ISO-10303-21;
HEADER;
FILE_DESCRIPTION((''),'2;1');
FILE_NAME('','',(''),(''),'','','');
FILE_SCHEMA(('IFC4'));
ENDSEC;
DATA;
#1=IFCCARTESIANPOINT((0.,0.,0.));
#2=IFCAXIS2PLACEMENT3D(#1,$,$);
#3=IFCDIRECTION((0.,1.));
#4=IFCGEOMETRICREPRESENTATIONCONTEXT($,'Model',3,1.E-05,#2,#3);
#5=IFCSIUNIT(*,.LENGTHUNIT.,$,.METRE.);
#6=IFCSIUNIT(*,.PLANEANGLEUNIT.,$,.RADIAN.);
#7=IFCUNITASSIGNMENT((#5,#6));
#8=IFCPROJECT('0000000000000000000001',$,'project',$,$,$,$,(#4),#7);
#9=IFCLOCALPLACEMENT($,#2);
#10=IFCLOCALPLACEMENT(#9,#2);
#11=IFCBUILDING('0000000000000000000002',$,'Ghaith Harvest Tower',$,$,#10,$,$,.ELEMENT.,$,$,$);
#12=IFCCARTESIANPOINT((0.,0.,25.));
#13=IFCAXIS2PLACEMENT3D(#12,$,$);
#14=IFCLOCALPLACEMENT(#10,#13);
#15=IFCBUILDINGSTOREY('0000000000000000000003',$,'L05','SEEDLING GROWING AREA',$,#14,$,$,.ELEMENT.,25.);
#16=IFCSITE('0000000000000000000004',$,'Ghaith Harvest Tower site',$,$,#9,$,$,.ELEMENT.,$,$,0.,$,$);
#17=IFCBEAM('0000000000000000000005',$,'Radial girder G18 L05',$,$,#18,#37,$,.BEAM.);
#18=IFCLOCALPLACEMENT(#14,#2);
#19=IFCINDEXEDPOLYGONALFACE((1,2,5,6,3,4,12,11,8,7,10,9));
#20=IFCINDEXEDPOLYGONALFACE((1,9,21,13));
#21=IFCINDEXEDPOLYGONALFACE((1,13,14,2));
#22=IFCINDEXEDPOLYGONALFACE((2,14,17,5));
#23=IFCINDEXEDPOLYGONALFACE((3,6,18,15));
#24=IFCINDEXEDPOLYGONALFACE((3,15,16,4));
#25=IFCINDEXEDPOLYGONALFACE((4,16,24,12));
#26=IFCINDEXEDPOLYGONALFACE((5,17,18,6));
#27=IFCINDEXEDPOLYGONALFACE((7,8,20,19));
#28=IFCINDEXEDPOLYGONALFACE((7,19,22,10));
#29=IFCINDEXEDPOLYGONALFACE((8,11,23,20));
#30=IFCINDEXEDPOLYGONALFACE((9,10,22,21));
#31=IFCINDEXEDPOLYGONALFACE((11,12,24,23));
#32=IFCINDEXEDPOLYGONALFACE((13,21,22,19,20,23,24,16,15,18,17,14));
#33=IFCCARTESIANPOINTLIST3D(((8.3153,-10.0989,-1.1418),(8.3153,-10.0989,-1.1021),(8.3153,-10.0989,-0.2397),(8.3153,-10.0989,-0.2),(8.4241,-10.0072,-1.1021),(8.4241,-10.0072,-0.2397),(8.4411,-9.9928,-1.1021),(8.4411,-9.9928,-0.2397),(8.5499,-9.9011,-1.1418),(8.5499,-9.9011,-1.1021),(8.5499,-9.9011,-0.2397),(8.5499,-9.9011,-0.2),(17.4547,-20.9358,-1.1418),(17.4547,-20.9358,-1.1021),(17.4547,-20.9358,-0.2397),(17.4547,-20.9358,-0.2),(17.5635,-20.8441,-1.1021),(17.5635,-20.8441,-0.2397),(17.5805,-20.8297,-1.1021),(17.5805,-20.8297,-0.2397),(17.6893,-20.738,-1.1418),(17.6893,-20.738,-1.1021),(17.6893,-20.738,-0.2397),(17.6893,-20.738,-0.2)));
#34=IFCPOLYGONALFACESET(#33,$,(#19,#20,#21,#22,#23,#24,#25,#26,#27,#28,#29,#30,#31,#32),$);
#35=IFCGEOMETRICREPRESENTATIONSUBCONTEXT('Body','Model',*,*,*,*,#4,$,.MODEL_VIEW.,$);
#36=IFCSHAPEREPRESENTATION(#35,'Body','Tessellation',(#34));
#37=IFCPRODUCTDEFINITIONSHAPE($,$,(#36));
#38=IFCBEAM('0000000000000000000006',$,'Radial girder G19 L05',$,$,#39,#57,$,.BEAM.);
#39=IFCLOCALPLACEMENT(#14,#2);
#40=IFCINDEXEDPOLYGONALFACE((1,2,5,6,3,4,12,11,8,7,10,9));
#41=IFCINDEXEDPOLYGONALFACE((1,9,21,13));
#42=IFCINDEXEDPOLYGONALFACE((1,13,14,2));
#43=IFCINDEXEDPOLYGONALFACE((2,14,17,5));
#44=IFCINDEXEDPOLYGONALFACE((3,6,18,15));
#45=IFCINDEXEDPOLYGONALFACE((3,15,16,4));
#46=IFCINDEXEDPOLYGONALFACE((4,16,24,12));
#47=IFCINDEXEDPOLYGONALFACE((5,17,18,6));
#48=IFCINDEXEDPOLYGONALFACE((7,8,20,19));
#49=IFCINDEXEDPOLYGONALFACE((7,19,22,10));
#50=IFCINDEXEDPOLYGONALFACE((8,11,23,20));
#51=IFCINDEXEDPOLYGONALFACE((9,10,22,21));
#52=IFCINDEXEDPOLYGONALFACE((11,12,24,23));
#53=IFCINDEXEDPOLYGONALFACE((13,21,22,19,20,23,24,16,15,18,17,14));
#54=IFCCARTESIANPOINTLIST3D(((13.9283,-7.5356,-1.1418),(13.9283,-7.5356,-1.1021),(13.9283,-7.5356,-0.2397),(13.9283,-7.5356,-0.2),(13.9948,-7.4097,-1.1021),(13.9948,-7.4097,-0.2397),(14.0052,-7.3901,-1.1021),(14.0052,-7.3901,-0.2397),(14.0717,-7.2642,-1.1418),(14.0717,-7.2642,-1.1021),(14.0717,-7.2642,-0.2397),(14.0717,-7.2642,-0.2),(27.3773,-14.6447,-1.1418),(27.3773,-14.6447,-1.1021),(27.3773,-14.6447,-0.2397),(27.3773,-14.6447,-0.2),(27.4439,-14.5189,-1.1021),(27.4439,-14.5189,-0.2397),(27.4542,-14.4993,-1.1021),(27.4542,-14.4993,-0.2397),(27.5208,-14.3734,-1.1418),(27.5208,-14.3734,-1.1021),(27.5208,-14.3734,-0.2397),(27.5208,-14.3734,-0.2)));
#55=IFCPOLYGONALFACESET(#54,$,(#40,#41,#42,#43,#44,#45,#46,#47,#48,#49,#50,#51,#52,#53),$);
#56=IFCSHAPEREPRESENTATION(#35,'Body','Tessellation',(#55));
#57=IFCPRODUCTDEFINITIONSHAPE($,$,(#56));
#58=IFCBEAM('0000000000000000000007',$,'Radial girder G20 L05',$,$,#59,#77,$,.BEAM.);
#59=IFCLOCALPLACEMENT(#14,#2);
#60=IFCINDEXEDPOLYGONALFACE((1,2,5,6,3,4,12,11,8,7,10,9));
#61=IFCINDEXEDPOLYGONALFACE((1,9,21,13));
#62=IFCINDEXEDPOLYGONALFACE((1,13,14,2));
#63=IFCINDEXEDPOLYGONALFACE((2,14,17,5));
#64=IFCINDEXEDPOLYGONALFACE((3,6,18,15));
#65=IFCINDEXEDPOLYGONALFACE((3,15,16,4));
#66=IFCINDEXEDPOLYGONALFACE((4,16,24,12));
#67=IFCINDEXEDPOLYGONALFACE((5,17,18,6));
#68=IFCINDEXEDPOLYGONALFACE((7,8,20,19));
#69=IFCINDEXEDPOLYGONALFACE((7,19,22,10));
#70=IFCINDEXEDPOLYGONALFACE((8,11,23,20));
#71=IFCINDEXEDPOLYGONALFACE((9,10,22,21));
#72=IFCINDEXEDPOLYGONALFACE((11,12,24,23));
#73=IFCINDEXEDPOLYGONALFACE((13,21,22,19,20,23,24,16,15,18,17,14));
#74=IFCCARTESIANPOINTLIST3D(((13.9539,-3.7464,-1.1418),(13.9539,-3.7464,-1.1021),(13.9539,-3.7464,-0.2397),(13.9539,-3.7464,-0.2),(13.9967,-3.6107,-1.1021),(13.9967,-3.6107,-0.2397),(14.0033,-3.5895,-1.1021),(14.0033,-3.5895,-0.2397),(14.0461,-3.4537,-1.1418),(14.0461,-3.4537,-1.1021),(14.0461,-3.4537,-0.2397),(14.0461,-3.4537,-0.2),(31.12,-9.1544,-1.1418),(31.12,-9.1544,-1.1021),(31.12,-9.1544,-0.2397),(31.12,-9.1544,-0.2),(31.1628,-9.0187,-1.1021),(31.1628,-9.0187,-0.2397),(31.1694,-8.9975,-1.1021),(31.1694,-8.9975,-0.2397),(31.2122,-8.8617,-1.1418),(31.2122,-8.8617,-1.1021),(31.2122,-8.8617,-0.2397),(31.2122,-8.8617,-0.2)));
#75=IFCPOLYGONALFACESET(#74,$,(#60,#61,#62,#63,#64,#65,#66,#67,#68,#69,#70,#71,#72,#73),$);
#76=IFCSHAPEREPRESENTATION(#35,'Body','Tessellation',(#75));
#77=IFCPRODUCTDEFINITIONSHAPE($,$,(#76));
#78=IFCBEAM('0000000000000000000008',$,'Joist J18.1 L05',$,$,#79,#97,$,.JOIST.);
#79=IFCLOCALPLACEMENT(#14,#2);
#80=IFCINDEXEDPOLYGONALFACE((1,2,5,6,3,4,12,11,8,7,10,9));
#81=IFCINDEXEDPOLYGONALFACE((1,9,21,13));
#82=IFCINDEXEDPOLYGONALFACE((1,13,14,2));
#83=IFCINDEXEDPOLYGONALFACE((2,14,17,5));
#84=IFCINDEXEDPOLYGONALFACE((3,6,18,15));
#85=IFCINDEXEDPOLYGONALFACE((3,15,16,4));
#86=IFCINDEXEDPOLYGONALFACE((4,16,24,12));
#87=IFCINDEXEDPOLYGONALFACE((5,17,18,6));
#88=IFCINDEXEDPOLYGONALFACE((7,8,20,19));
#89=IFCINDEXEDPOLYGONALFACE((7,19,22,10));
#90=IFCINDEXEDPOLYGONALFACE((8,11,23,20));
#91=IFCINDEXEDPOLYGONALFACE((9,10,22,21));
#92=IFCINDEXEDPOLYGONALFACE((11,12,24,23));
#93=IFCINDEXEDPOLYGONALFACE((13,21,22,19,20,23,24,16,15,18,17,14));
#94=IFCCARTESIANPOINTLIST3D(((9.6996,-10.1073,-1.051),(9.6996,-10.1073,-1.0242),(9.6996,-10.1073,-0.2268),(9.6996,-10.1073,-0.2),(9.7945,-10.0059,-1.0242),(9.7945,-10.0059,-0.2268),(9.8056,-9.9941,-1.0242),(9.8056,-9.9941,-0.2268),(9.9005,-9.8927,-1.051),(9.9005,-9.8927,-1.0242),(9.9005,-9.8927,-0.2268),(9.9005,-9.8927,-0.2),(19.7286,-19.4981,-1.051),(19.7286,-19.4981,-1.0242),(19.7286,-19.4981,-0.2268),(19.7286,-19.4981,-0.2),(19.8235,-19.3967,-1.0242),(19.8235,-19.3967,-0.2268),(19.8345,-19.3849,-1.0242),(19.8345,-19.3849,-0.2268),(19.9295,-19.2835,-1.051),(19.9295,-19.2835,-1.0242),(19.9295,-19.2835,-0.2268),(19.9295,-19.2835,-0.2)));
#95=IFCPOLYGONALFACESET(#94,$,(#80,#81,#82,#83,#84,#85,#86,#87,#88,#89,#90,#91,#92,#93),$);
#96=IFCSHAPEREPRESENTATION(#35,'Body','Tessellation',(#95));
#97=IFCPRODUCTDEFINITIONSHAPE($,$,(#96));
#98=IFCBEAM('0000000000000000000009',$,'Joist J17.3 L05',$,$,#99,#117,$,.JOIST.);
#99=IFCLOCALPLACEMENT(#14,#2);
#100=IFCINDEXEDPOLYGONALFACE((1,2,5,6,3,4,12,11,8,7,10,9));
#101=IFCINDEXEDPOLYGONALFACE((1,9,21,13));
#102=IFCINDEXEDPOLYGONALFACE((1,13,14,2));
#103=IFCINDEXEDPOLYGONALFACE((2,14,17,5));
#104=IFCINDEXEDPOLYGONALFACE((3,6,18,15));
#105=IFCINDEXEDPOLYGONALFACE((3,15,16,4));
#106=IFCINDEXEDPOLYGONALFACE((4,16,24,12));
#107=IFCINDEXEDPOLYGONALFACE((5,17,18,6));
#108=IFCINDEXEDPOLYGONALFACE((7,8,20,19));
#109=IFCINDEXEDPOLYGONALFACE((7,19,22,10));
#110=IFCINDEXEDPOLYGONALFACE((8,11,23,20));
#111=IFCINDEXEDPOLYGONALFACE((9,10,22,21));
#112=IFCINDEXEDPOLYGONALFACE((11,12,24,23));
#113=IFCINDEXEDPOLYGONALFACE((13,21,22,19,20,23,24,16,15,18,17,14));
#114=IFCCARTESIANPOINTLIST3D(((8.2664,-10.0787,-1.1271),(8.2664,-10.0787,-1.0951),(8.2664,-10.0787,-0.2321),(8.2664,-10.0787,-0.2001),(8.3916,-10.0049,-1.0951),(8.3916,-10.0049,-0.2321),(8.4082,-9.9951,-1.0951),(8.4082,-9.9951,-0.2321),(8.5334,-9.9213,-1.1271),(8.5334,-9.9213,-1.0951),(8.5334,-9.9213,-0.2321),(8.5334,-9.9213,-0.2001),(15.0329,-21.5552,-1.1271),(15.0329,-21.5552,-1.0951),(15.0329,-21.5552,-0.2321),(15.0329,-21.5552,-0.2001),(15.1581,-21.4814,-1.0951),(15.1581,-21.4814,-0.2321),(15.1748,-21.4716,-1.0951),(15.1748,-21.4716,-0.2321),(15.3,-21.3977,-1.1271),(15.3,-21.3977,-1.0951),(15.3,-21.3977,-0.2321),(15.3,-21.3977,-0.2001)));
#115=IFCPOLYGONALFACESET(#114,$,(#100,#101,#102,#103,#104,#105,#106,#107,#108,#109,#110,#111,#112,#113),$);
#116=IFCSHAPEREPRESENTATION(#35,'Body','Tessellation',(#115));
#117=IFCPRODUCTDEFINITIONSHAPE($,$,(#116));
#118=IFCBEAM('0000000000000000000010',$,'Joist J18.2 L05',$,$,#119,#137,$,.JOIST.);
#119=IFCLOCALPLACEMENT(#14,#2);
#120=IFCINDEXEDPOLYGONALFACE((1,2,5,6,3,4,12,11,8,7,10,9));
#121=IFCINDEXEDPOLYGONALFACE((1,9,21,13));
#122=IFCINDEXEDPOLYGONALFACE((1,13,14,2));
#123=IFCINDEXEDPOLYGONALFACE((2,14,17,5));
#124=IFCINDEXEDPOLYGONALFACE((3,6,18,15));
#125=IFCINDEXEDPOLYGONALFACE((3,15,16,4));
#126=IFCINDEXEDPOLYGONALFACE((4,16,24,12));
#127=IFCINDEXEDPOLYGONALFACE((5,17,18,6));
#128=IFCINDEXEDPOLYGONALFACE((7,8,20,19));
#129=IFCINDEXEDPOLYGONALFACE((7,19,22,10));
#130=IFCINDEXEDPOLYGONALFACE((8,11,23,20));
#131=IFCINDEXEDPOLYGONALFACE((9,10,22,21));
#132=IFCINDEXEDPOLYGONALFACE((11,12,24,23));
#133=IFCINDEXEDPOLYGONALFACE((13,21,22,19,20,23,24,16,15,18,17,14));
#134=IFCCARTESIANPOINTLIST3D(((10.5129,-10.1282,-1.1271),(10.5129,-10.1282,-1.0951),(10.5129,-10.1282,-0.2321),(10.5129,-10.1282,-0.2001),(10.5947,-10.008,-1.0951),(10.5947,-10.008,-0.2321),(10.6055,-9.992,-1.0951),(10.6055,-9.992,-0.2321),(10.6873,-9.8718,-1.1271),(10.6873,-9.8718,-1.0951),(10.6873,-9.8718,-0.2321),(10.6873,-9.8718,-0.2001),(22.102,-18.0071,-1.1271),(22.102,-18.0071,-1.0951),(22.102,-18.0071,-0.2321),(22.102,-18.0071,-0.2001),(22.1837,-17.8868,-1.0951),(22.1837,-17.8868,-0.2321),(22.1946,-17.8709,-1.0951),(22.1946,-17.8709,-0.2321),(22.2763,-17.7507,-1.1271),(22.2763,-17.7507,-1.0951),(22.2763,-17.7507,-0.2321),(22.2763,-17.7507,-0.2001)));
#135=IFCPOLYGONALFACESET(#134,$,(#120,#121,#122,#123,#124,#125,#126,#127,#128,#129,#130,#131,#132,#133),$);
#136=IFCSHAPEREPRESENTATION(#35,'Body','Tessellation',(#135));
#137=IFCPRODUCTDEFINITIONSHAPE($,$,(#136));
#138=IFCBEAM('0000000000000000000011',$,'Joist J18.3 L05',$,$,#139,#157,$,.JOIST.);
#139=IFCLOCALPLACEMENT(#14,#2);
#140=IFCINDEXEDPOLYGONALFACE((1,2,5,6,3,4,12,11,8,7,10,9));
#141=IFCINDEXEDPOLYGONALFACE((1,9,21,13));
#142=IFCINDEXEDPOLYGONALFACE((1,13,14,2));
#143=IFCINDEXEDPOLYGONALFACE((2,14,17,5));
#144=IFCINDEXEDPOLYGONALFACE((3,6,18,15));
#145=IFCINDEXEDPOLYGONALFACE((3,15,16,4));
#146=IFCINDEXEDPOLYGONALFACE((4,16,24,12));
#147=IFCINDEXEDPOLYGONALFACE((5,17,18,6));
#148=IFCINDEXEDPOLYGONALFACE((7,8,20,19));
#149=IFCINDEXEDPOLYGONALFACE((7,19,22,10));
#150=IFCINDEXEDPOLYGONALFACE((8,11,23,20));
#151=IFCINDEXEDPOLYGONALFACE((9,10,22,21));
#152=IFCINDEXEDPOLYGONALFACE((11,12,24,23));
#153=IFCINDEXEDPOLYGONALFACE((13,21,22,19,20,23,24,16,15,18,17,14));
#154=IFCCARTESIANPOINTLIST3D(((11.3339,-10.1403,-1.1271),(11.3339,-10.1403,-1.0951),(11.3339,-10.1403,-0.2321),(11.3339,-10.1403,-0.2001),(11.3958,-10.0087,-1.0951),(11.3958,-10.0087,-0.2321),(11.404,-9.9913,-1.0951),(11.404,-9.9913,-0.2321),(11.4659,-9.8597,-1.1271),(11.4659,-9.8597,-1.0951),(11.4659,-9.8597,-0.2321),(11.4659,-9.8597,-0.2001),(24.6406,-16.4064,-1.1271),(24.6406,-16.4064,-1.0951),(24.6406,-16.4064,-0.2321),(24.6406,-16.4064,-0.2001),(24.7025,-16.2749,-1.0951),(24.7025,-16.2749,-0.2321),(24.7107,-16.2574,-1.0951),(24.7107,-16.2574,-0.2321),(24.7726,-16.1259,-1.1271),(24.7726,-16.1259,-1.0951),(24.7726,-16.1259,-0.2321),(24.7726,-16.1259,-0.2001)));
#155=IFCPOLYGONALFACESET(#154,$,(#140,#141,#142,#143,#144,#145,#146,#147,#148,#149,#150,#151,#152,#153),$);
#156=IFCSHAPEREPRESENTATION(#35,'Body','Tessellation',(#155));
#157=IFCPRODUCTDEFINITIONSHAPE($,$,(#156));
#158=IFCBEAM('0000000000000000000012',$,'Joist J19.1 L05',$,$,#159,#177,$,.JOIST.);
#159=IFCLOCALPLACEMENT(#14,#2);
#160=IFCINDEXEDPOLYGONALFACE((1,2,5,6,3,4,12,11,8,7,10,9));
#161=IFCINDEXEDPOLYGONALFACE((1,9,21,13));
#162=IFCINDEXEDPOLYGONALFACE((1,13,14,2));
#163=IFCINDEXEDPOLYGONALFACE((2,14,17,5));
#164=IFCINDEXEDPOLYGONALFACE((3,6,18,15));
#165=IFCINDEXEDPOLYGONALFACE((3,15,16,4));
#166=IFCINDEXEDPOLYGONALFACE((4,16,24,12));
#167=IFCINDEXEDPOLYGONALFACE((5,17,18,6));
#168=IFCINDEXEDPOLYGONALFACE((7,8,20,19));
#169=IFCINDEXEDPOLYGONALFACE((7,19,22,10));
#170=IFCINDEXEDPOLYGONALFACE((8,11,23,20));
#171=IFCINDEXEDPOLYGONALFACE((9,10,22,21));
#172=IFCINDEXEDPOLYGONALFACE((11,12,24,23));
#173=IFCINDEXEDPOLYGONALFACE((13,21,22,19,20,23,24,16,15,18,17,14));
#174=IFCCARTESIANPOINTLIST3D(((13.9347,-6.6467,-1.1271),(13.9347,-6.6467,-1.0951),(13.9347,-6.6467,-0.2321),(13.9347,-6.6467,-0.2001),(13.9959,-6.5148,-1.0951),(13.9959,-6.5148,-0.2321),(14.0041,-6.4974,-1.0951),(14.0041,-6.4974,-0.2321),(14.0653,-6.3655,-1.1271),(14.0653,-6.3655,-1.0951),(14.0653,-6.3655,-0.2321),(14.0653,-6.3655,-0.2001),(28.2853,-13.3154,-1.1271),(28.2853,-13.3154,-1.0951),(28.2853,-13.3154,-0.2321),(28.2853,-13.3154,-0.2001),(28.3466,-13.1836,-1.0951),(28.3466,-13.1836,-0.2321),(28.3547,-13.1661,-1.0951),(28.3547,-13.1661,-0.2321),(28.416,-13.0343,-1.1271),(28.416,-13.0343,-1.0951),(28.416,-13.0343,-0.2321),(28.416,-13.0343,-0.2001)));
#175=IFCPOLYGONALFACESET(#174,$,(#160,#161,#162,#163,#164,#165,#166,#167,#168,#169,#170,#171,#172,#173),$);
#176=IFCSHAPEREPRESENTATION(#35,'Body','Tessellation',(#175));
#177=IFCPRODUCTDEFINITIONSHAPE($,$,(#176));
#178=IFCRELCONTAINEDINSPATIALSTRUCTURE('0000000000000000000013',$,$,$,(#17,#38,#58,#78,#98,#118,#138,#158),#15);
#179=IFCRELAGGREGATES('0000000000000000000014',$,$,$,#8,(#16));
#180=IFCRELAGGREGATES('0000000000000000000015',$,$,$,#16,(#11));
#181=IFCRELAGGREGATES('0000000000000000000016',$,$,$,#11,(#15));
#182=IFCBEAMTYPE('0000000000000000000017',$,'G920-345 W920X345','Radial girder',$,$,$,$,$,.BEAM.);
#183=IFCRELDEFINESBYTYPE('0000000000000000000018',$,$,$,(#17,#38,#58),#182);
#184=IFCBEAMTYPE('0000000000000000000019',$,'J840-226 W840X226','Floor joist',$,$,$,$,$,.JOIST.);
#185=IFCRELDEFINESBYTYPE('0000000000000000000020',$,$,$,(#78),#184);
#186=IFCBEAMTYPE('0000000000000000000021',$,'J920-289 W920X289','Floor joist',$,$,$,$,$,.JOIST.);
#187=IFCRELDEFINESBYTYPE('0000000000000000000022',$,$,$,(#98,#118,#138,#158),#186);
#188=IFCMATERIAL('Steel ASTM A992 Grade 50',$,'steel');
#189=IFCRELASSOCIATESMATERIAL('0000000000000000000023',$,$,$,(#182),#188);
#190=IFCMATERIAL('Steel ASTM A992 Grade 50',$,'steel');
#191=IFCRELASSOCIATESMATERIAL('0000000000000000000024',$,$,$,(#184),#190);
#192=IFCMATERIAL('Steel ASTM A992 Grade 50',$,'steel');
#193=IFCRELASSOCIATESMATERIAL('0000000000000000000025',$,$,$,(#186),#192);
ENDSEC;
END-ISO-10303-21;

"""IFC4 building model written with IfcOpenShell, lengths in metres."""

from ifc_helpers import new_model, si_unit, direction, frame, origin, origin_2d, place, context, subcontext, project, spatial, i_section, extrude, material, material_profile, profile_set, type_object, element, save


model = new_model("IFC4")

# Units and contexts
model_context = context("Model", 3, precision=1e-05, world=origin(), true_north=direction((0.0, 1.0)))
body_context = subcontext(model_context, "Body", "Model", "MODEL_VIEW")
ifc_project = project(units=[si_unit("LENGTHUNIT", "METRE"), si_unit("PLANEANGLEUNIT", "RADIAN")], contexts=[model_context])

# Site, building, storey
site_placement = place(None, origin())
site = spatial("IfcSite", under=ifc_project, at=site_placement, Name="Ghaith Harvest Tower site", CompositionType="ELEMENT", RefElevation=0.0)
building_placement = place(site_placement, origin())
building = spatial("IfcBuilding", under=site, at=building_placement, Name="Ghaith Harvest Tower", CompositionType="ELEMENT")
storey_placement = place(building_placement, frame((0.0, 0.0, 25.0)))
storey = spatial("IfcBuildingStorey", under=building, at=storey_placement, Name="L05", Description="SEEDLING GROWING AREA", CompositionType="ELEMENT", Elevation=25.0)

# Beams
ifc_material_1 = material(Name="Steel ASTM A992 Grade 50", Category="steel")
ifc_material_profile_1 = material_profile(ifc_material_1, i_section(OverallWidth=0.3069, OverallDepth=0.9419, WebThickness=0.0222, FlangeThickness=0.0398, at=origin_2d()), Name="W920X345")
ifc_profile_set_1 = profile_set([ifc_material_profile_1], Name="Steel ASTM A992 Grade 50")
beam_type_1 = type_object("IfcBeamType", Name="G920-345 W920X345", Description="Radial girder", PredefinedType="BEAM", material=ifc_profile_set_1)
beam_1_placement = place(storey_placement, frame((8.4326, -10.0, -0.6709), z_axis=(0.644696, -0.764439, 0.0), x_axis=(0.764439, 0.644696, 0.0)))
element("IfcBeam", 1, at=beam_1_placement, inside=storey, type_object=beam_type_1, Name="Radial girder G18 L05", PredefinedType="BEAM", context=body_context, shape_type="SweptSolid", body=[
    extrude(i_section(OverallWidth=0.3069, OverallDepth=0.9419, WebThickness=0.0222, FlangeThickness=0.0398, at=origin_2d()), origin(), (0.0, 0.0, 1.0), 14.1763),
])
beam_2_placement = place(storey_placement, frame((14.0, -7.3999, -0.6709), z_axis=(0.884084, -0.467327, 0.0), x_axis=(0.467327, 0.884084, 0.0)))
element("IfcBeam", 2, at=beam_2_placement, inside=storey, type_object=beam_type_1, Name="Radial girder G19 L05", PredefinedType="BEAM", context=body_context, shape_type="SweptSolid", body=[
    extrude(i_section(OverallWidth=0.3069, OverallDepth=0.9419, WebThickness=0.0222, FlangeThickness=0.0398, at=origin_2d()), origin(), (0.0, 0.0, 1.0), 15.2124),
])
beam_3_placement = place(storey_placement, frame((14.0, -3.6001, -0.6709), z_axis=(0.953788, -0.30048, 0.0), x_axis=(0.30048, 0.953788, 0.0)))
element("IfcBeam", 3, at=beam_3_placement, inside=storey, type_object=beam_type_1, Name="Radial girder G20 L05", PredefinedType="BEAM", context=body_context, shape_type="SweptSolid", body=[
    extrude(i_section(OverallWidth=0.3069, OverallDepth=0.9419, WebThickness=0.0222, FlangeThickness=0.0398, at=origin_2d()), origin(), (0.0, 0.0, 1.0), 17.9978),
])
ifc_material_2 = material(Name="Steel ASTM A992 Grade 50", Category="steel")
ifc_material_profile_2 = material_profile(ifc_material_2, i_section(OverallWidth=0.2939, OverallDepth=0.8511, WebThickness=0.0161, FlangeThickness=0.0269, at=origin_2d()), Name="W840X226")
ifc_profile_set_2 = profile_set([ifc_material_profile_2], Name="Steel ASTM A992 Grade 50")
beam_type_2 = type_object("IfcBeamType", Name="J840-226 W840X226", Description="Floor joist", PredefinedType="JOIST", material=ifc_profile_set_2)
beam_4_placement = place(storey_placement, frame((9.8, -10.0, -0.6255), z_axis=(0.72995, -0.683501, 0.0), x_axis=(0.683501, 0.72995, 0.0)))
element("IfcBeam", 4, at=beam_4_placement, inside=storey, type_object=beam_type_2, Name="Joist J18.1 L05", PredefinedType="JOIST", context=body_context, shape_type="SweptSolid", body=[
    extrude(i_section(OverallWidth=0.2939, OverallDepth=0.8511, WebThickness=0.0161, FlangeThickness=0.0269, at=origin_2d()), origin(), (0.0, 0.0, 1.0), 13.7393),
])
ifc_material_3 = material(Name="Steel ASTM A992 Grade 50", Category="steel")
ifc_material_profile_3 = material_profile(ifc_material_3, i_section(OverallWidth=0.3101, OverallDepth=0.927, WebThickness=0.0193, FlangeThickness=0.032, at=origin_2d()), Name="W920X289")
ifc_profile_set_3 = profile_set([ifc_material_profile_3], Name="Steel ASTM A992 Grade 50")
beam_type_3 = type_object("IfcBeamType", Name="J920-289 W920X289", Description="Floor joist", PredefinedType="JOIST", material=ifc_profile_set_3)
beam_5_placement = place(storey_placement, frame((8.3999, -10.0, -0.6636), z_axis=(0.507894, -0.861419, 0.0), x_axis=(0.861419, 0.507894, 0.0)))
element("IfcBeam", 5, at=beam_5_placement, inside=storey, type_object=beam_type_3, Name="Joist J17.3 L05", PredefinedType="JOIST", context=body_context, shape_type="SweptSolid", body=[
    extrude(i_section(OverallWidth=0.3101, OverallDepth=0.927, WebThickness=0.0193, FlangeThickness=0.032, at=origin_2d()), origin(), (0.0, 0.0, 1.0), 13.3228),
])
beam_6_placement = place(storey_placement, frame((10.6001, -10.0, -0.6636), z_axis=(0.826983, -0.562228, 0.0), x_axis=(0.562228, 0.826983, 0.0)))
element("IfcBeam", 6, at=beam_6_placement, inside=storey, type_object=beam_type_3, Name="Joist J18.2 L05", PredefinedType="JOIST", context=body_context, shape_type="SweptSolid", body=[
    extrude(i_section(OverallWidth=0.3101, OverallDepth=0.927, WebThickness=0.0193, FlangeThickness=0.032, at=origin_2d()), origin(), (0.0, 0.0, 1.0), 14.0137),
])
beam_7_placement = place(storey_placement, frame((11.3999, -10.0, -0.6636), z_axis=(0.90471, -0.426029, 0.0), x_axis=(0.426029, 0.90471, 0.0)))
element("IfcBeam", 7, at=beam_7_placement, inside=storey, type_object=beam_type_3, Name="Joist J18.3 L05", PredefinedType="JOIST", context=body_context, shape_type="SweptSolid", body=[
    extrude(i_section(OverallWidth=0.3101, OverallDepth=0.927, WebThickness=0.0193, FlangeThickness=0.032, at=origin_2d()), origin(), (0.0, 0.0, 1.0), 14.7083),
])
beam_8_placement = place(storey_placement, frame((14.0, -6.5061, -0.6636), z_axis=(0.906866, -0.42142, 0.0), x_axis=(0.42142, 0.906866, 0.0)))
element("IfcBeam", 8, at=beam_8_placement, inside=storey, type_object=beam_type_3, Name="Joist J19.1 L05", PredefinedType="JOIST", context=body_context, shape_type="SweptSolid", body=[
    extrude(i_section(OverallWidth=0.3101, OverallDepth=0.927, WebThickness=0.0193, FlangeThickness=0.032, at=origin_2d()), origin(), (0.0, 0.0, 1.0), 15.8245),
])

save(model, "model.ifc")
